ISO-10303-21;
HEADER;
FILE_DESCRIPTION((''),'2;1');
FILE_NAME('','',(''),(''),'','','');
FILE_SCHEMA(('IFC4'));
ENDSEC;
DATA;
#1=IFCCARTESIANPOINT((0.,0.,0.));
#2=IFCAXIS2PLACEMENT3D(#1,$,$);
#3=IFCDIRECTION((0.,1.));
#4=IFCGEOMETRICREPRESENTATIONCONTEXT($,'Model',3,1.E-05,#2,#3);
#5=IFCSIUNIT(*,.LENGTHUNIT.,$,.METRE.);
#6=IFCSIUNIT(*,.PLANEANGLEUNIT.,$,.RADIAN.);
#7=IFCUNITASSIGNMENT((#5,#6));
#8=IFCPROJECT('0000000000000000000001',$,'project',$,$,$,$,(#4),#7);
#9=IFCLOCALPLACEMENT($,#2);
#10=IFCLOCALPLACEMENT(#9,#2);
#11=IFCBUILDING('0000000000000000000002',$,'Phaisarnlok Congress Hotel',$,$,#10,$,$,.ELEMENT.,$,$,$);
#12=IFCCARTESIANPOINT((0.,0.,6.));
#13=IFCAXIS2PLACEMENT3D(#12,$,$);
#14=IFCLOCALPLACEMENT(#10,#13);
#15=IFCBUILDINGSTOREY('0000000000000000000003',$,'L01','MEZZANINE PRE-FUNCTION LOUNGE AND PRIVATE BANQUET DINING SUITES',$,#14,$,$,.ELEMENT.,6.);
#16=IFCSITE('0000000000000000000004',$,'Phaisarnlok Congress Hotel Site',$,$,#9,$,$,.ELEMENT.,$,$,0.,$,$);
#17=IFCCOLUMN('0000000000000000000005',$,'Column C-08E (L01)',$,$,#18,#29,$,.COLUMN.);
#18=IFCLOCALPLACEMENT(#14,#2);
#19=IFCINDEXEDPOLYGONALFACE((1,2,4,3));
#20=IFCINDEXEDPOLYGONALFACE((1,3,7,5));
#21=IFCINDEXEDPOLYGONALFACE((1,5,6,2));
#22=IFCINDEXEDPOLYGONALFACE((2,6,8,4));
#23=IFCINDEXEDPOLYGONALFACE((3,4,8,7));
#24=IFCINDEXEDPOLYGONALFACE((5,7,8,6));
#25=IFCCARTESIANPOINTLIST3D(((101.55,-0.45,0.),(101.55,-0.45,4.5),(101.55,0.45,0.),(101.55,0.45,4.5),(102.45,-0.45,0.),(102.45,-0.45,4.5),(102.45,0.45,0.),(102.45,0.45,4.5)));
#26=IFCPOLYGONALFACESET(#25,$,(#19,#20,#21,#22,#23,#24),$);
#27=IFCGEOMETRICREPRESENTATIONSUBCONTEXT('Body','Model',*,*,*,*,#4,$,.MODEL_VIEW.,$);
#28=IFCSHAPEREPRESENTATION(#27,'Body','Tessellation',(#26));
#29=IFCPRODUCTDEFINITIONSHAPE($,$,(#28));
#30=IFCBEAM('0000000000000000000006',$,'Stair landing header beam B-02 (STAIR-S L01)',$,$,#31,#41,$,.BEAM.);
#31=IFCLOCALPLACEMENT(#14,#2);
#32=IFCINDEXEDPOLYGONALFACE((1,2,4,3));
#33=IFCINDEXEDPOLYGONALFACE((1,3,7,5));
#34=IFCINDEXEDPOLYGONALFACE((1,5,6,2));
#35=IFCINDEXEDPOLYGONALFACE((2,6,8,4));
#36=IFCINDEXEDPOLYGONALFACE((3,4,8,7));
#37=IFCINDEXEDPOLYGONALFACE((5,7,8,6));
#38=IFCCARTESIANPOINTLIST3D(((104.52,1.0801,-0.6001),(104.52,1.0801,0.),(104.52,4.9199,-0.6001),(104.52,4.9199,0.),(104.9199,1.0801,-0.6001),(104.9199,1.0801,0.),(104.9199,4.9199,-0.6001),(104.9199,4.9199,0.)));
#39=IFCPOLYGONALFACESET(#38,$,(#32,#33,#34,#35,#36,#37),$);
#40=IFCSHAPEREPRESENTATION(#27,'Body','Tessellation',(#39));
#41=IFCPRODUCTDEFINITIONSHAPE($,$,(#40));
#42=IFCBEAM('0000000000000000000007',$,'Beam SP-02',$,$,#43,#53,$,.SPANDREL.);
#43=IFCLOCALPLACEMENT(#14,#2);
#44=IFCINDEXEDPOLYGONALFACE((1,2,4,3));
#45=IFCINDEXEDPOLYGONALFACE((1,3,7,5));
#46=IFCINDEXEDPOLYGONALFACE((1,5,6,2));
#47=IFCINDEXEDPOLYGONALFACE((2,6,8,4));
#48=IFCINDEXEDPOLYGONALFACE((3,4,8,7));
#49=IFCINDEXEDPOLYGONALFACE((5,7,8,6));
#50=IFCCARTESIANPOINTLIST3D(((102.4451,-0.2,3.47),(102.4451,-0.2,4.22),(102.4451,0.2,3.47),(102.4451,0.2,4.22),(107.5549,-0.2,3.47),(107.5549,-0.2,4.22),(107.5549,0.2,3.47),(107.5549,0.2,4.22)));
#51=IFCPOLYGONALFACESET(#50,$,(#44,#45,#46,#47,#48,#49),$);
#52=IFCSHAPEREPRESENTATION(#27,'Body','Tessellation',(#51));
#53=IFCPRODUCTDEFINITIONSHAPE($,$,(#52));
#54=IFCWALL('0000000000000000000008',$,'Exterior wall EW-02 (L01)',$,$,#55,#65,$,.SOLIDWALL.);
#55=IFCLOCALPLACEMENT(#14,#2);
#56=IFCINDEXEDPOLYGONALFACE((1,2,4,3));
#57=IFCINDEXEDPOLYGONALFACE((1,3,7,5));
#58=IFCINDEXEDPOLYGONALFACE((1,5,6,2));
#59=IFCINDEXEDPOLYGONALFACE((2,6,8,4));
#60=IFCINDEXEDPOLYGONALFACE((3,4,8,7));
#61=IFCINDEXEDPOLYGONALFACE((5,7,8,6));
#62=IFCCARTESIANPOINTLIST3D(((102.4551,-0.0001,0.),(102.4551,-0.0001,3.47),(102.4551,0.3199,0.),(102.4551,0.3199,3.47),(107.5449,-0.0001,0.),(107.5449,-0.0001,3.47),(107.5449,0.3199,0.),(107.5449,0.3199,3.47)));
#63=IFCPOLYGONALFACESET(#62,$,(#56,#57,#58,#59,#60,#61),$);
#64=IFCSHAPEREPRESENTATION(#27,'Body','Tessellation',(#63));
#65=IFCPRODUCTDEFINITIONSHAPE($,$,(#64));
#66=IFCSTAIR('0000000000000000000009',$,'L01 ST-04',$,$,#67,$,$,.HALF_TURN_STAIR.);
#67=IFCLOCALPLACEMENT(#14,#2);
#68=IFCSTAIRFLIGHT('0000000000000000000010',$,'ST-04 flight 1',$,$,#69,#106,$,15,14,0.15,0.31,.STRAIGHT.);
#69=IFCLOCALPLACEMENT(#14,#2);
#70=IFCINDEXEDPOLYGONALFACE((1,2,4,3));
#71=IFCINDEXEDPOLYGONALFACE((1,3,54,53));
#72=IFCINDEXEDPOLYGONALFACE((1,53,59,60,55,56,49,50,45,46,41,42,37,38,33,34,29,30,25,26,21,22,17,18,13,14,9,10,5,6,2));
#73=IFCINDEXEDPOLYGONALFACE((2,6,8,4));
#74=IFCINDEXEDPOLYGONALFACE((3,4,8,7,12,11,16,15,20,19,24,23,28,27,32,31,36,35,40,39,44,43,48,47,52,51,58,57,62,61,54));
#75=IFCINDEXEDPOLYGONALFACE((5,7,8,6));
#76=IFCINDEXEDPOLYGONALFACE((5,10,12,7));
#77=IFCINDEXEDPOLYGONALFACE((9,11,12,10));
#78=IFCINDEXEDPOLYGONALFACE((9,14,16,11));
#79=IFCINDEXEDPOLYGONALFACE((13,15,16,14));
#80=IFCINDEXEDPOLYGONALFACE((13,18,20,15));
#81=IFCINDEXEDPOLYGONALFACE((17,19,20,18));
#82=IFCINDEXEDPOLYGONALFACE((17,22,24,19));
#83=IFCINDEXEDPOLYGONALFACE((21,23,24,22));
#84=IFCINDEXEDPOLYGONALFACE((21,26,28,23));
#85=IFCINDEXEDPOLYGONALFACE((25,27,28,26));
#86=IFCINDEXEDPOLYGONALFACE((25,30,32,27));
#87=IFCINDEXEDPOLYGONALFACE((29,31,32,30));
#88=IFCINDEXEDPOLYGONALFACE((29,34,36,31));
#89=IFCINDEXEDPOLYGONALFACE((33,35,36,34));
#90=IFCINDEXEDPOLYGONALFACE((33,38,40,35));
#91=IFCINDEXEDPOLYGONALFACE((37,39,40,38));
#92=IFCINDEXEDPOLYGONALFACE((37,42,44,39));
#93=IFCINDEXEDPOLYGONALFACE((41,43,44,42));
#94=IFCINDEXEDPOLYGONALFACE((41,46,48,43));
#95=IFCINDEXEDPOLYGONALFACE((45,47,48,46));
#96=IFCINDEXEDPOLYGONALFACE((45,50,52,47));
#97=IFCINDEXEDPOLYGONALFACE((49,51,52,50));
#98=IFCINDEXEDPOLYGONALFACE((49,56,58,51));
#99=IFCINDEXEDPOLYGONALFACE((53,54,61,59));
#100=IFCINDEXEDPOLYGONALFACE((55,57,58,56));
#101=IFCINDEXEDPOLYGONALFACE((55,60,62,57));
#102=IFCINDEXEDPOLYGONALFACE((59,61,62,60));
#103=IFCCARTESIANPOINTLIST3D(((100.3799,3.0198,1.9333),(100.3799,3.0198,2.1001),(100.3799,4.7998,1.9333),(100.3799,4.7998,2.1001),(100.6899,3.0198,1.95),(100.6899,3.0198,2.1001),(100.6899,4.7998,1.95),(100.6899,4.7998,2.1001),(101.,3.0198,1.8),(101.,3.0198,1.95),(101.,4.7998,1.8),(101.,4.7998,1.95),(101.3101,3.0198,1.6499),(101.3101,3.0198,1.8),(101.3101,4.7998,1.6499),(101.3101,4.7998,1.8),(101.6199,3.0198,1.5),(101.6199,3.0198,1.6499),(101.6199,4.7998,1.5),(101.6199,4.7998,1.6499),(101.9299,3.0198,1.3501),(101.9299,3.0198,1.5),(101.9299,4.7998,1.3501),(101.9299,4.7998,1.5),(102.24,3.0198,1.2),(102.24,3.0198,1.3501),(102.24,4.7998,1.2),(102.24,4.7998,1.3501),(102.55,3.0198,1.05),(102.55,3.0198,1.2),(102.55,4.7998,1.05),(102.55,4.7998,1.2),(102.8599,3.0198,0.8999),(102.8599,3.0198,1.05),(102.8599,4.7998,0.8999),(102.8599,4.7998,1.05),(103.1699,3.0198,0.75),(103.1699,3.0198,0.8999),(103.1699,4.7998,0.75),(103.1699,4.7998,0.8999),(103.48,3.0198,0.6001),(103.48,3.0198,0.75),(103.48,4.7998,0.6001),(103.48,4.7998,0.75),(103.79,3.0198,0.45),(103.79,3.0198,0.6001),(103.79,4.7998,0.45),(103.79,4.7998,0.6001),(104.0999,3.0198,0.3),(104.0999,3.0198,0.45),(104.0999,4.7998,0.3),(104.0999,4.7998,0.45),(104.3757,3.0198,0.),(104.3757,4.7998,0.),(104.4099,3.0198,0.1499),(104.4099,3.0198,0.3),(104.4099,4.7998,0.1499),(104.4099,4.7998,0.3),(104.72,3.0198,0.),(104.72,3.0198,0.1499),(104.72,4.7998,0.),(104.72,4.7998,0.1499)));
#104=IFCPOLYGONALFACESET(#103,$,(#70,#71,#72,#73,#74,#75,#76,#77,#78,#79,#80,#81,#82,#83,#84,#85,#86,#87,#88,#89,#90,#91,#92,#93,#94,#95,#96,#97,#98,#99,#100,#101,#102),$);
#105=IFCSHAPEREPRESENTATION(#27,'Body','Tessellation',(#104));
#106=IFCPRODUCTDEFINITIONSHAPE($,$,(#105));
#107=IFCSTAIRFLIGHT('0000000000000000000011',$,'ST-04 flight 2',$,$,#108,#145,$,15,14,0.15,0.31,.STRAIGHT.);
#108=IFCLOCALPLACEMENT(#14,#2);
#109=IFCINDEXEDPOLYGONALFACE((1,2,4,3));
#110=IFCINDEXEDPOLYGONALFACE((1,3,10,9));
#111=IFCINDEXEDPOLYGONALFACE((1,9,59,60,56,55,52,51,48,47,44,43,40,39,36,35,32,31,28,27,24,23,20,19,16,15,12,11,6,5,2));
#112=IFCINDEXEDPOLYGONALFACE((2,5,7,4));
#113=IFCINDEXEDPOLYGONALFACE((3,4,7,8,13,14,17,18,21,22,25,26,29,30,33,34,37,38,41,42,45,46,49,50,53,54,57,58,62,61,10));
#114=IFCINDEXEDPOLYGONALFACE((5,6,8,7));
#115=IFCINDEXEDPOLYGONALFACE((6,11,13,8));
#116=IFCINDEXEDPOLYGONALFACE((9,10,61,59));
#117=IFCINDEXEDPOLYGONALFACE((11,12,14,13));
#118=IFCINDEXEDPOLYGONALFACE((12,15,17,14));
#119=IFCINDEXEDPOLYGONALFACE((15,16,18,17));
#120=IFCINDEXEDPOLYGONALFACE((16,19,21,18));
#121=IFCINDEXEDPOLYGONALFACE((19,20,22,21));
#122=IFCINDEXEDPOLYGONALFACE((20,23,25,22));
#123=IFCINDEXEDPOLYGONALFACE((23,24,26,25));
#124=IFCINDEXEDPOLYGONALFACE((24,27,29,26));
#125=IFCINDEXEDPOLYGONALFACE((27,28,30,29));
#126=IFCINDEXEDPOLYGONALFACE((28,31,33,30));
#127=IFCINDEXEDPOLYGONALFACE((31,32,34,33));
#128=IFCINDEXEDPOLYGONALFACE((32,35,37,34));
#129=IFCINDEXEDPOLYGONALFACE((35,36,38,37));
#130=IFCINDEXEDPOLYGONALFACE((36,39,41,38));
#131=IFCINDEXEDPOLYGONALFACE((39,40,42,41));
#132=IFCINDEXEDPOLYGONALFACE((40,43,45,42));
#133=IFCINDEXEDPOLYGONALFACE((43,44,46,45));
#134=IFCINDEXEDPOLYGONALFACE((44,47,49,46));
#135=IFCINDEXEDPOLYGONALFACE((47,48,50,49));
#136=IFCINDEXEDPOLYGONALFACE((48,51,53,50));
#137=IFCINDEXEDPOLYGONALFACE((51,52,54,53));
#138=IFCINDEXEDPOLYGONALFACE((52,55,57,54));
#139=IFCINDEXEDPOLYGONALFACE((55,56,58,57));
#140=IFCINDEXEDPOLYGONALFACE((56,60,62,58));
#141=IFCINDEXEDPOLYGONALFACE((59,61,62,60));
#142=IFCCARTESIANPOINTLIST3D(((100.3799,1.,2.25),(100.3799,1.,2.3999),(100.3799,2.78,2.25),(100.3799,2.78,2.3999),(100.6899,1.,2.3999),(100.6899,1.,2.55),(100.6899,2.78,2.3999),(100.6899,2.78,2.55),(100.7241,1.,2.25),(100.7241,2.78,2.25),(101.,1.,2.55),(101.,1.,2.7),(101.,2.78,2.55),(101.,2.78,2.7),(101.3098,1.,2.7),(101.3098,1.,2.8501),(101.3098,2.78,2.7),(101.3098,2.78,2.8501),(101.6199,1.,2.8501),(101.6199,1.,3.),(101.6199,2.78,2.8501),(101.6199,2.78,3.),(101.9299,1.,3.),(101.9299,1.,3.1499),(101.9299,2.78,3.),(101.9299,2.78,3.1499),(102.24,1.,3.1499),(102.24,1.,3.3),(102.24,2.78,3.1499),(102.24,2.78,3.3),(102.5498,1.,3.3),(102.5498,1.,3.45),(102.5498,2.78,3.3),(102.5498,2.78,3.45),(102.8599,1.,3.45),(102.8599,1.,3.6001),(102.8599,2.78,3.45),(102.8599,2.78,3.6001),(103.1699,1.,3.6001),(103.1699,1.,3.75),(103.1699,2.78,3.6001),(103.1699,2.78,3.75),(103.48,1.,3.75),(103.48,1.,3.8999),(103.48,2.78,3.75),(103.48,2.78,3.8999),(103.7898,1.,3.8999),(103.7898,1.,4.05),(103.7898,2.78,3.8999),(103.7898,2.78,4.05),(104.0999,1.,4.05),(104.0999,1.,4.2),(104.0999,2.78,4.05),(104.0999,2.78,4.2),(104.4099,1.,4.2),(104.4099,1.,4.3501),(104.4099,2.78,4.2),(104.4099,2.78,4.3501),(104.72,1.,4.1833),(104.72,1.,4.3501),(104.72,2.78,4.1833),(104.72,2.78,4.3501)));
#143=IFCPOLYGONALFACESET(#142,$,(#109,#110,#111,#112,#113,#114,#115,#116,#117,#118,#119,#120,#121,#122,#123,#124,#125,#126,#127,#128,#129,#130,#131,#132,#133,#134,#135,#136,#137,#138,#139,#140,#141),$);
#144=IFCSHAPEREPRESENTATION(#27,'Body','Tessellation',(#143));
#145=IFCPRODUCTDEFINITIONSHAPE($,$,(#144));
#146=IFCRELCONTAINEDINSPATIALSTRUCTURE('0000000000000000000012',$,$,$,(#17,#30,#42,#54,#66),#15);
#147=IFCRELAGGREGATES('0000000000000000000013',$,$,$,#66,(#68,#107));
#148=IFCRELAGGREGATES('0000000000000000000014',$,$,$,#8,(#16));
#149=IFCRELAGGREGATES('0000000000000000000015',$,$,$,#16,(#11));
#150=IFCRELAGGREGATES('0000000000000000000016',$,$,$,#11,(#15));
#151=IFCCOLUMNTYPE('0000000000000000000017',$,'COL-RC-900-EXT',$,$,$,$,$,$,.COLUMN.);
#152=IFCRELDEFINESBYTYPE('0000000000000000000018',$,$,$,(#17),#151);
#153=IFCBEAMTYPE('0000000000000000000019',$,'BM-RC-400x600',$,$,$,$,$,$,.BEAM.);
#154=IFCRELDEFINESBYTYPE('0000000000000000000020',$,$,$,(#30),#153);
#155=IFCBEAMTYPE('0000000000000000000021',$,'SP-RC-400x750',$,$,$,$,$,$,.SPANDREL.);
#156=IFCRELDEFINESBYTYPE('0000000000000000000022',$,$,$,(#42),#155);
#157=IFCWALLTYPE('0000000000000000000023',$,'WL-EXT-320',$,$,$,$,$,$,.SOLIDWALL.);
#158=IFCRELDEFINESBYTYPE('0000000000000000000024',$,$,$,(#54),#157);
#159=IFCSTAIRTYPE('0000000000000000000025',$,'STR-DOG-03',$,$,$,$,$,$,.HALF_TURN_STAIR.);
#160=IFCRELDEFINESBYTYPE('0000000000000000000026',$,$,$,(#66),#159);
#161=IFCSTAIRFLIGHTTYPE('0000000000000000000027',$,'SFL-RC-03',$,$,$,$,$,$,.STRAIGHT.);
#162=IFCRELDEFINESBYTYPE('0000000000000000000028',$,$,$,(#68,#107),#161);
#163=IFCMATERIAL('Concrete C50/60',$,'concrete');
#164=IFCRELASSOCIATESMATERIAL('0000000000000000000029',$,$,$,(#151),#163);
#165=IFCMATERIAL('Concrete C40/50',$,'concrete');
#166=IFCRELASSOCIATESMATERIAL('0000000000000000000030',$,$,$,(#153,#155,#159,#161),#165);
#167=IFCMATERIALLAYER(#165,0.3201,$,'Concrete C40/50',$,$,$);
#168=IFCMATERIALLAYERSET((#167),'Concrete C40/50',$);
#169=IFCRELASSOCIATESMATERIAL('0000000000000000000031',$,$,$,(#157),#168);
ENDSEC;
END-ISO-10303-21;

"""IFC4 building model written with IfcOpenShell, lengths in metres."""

from ifc_helpers import new_model, si_unit, direction, frame, frame_2d, origin, origin_2d, place, context, subcontext, project, spatial, polyline, rectangle, outline, extrude, material, layer, layer_set, material_profile, profile_set, type_object, element, aggregate, save


model = new_model("IFC4")

# Units and contexts
model_context = context("Model", 3, precision=1e-05, world=origin(), true_north=direction((0.0, 1.0)))
body_context = subcontext(model_context, "Body", "Model", "MODEL_VIEW")
ifc_project = project(units=[si_unit("LENGTHUNIT", "METRE"), si_unit("PLANEANGLEUNIT", "RADIAN")], contexts=[model_context])

# Site, building, storey
site_placement = place(None, origin())
site = spatial("IfcSite", under=ifc_project, at=site_placement, Name="Phaisarnlok Congress Hotel Site", CompositionType="ELEMENT", RefElevation=0.0)
building_placement = place(site_placement, origin())
building = spatial("IfcBuilding", under=site, at=building_placement, Name="Phaisarnlok Congress Hotel", CompositionType="ELEMENT")
storey_placement = place(building_placement, frame((0.0, 0.0, 6.0)))
storey = spatial("IfcBuildingStorey", under=building, at=storey_placement, Name="L01", Description="MEZZANINE PRE-FUNCTION LOUNGE AND PRIVATE BANQUET DINING SUITES", CompositionType="ELEMENT", Elevation=6.0)

# Column
ifc_material_1 = material(Name="Concrete C50/60", Category="concrete")
ifc_material_profile_1 = material_profile(ifc_material_1, rectangle(XDim=0.8999, YDim=0.8999, at=origin_2d()), Name="RC 900x900")
ifc_profile_set_1 = profile_set([ifc_material_profile_1], Name="Concrete C50/60")
column_type = type_object("IfcColumnType", Name="COL-RC-900-EXT", PredefinedType="COLUMN", material=ifc_profile_set_1)
column_placement = place(storey_placement, frame((102.0, 0.0, 0.0), z_axis=(0.0, 0.0, 1.0), x_axis=(1.0, 0.0, 0.0)))
element("IfcColumn", 1, at=column_placement, inside=storey, type_object=column_type, Name="Column C-08E (L01)", PredefinedType="COLUMN", context=body_context, shape_type="SweptSolid", body=[
    extrude(rectangle(XDim=0.8999, YDim=0.8999, at=origin_2d()), origin(), (0.0, 0.0, 1.0), 4.5),
])

# Beams
ifc_material_2 = material(Name="Concrete C40/50", Category="concrete")
ifc_material_profile_2 = material_profile(ifc_material_2, rectangle(XDim=0.3999, YDim=0.6001, at=origin_2d()), Name="RC 400x600")
ifc_profile_set_2 = profile_set([ifc_material_profile_2], Name="Concrete C40/50")
beam_type_1 = type_object("IfcBeamType", Name="BM-RC-400x600", PredefinedType="BEAM", material=ifc_profile_set_2)
beam_1_placement = place(storey_placement, frame((104.72, 1.0801, -0.3), z_axis=(0.0, 1.0, 0.0), x_axis=(-1.0, 0.0, 0.0)))
element("IfcBeam", 2, at=beam_1_placement, inside=storey, type_object=beam_type_1, Name="Stair landing header beam B-02 (STAIR-S L01)", PredefinedType="BEAM", context=body_context, shape_type="SweptSolid", body=[
    extrude(rectangle(XDim=0.3999, YDim=0.6001, at=origin_2d()), origin(), (0.0, 0.0, 1.0), 3.8398),
])
ifc_material_profile_3 = material_profile(ifc_material_2, rectangle(XDim=0.3999, YDim=0.75, at=origin_2d()), Name="RC 400x750")
ifc_profile_set_3 = profile_set([ifc_material_profile_3], Name="Concrete C40/50")
beam_type_2 = type_object("IfcBeamType", Name="SP-RC-400x750", PredefinedType="SPANDREL", material=ifc_profile_set_3)
beam_2_placement = place(storey_placement, frame((102.4451, 0.0, 3.845), z_axis=(1.0, 0.0, 0.0), x_axis=(0.0, 1.0, 0.0)))
element("IfcBeam", 3, at=beam_2_placement, inside=storey, type_object=beam_type_2, Name="Beam SP-02", PredefinedType="SPANDREL", context=body_context, shape_type="SweptSolid", body=[
    extrude(rectangle(XDim=0.3999, YDim=0.75, at=origin_2d()), origin(), (0.0, 0.0, 1.0), 5.1099),
])

# Wall
ifc_layer_1 = layer(ifc_material_2, 0.3201, Name="Concrete C40/50")
ifc_layer_set_1 = layer_set([ifc_layer_1], Name="Concrete C40/50")
wall_type = type_object("IfcWallType", Name="WL-EXT-320", PredefinedType="SOLIDWALL", material=ifc_layer_set_1)
wall_placement = place(storey_placement, frame((102.4551, 0.1599, 0.0), z_axis=(0.0, 0.0, 1.0), x_axis=(1.0, 0.0, 0.0)))
element("IfcWall", 4, at=wall_placement, inside=storey, type_object=wall_type, Name="Exterior wall EW-02 (L01)", PredefinedType="SOLIDWALL", context=body_context, shape_type="SweptSolid", body=[
    extrude(rectangle(XDim=5.0898, YDim=0.3201, at=frame_2d((2.5449, 0.0))), origin(), (0.0, 0.0, 1.0), 3.47),
])

# Stair, stair flights
stair_type = type_object("IfcStairType", Name="STR-DOG-03", PredefinedType="HALF_TURN_STAIR", material=ifc_material_2)
stair_placement = place(storey_placement, origin())
stair = element("IfcStair", 5, at=stair_placement, inside=storey, type_object=stair_type, Name="L01 ST-04", PredefinedType="HALF_TURN_STAIR")
stair_flight_type = type_object("IfcStairFlightType", Name="SFL-RC-03", PredefinedType="STRAIGHT", material=ifc_material_2)
stair_flight_1_placement = place(storey_placement, frame((104.72, 3.9099, 0.0), z_axis=(0.0, 0.0, 1.0), x_axis=(-1.0, 0.0, 0.0)))
stair_flight_1 = element("IfcStairFlight", 6, at=stair_flight_1_placement, type_object=stair_flight_type, Name="ST-04 flight 1", NumberOfRisers=15, NumberOfTreads=14, PredefinedType="STRAIGHT", RiserHeight=0.15, TreadLength=0.31, context=body_context, shape_type="SweptSolid", body=[
    extrude(outline(polyline([(0.0, 0.0), (0.0, 0.1499), (0.3101, 0.1499), (0.3101, 0.3), (0.6201, 0.3), (0.6201, 0.45), (0.9299, 0.45), (0.9299, 0.6001), (1.24, 0.6001), (1.24, 0.75), (1.55, 0.75), (1.55, 0.8999), (1.8601, 0.8999), (1.8601, 1.05), (2.1699, 1.05), (2.1699, 1.2), (2.48, 1.2), (2.48, 1.3501), (2.79, 1.3501), (2.79, 1.5), (3.1001, 1.5), (3.1001, 1.6499), (3.4099, 1.6499), (3.4099, 1.8), (3.72, 1.8), (3.72, 1.95), (4.03, 1.95), (4.03, 2.1001), (4.3401, 2.1001), (4.3401, 2.25), (4.3401, 1.9333), (0.3442, 0.0), (0.0, 0.0)])), frame((0.0, 0.8901, 0.0), z_axis=(0.0, -1.0, 0.0), x_axis=(1.0, 0.0, 0.0)), (0.0, 0.0, 1.0), 1.78),
])
stair_flight_2_placement = place(storey_placement, frame((100.3799, 1.8899, 2.25), z_axis=(0.0, 0.0, 1.0), x_axis=(1.0, 0.0, 0.0)))
stair_flight_2 = element("IfcStairFlight", 7, at=stair_flight_2_placement, type_object=stair_flight_type, Name="ST-04 flight 2", NumberOfRisers=15, NumberOfTreads=14, PredefinedType="STRAIGHT", RiserHeight=0.15, TreadLength=0.31, context=body_context, shape_type="SweptSolid", body=[
    extrude(outline(polyline([(0.0, 0.0), (0.0, 0.1499), (0.3101, 0.1499), (0.3101, 0.3), (0.6201, 0.3), (0.6201, 0.45), (0.9299, 0.45), (0.9299, 0.6001), (1.24, 0.6001), (1.24, 0.75), (1.55, 0.75), (1.55, 0.8999), (1.8601, 0.8999), (1.8601, 1.05), (2.1699, 1.05), (2.1699, 1.2), (2.48, 1.2), (2.48, 1.3501), (2.79, 1.3501), (2.79, 1.5), (3.1001, 1.5), (3.1001, 1.6499), (3.4099, 1.6499), (3.4099, 1.8), (3.72, 1.8), (3.72, 1.95), (4.03, 1.95), (4.03, 2.1001), (4.3401, 2.1001), (4.3401, 2.25), (4.3401, 1.9333), (0.3442, 0.0), (0.0, 0.0)])), frame((0.0, 0.8901, 0.0), z_axis=(0.0, -1.0, 0.0), x_axis=(1.0, 0.0, 0.0)), (0.0, 0.0, 1.0), 1.78),
])
aggregate(stair, [stair_flight_1, stair_flight_2])

save(model, "model.ifc")
